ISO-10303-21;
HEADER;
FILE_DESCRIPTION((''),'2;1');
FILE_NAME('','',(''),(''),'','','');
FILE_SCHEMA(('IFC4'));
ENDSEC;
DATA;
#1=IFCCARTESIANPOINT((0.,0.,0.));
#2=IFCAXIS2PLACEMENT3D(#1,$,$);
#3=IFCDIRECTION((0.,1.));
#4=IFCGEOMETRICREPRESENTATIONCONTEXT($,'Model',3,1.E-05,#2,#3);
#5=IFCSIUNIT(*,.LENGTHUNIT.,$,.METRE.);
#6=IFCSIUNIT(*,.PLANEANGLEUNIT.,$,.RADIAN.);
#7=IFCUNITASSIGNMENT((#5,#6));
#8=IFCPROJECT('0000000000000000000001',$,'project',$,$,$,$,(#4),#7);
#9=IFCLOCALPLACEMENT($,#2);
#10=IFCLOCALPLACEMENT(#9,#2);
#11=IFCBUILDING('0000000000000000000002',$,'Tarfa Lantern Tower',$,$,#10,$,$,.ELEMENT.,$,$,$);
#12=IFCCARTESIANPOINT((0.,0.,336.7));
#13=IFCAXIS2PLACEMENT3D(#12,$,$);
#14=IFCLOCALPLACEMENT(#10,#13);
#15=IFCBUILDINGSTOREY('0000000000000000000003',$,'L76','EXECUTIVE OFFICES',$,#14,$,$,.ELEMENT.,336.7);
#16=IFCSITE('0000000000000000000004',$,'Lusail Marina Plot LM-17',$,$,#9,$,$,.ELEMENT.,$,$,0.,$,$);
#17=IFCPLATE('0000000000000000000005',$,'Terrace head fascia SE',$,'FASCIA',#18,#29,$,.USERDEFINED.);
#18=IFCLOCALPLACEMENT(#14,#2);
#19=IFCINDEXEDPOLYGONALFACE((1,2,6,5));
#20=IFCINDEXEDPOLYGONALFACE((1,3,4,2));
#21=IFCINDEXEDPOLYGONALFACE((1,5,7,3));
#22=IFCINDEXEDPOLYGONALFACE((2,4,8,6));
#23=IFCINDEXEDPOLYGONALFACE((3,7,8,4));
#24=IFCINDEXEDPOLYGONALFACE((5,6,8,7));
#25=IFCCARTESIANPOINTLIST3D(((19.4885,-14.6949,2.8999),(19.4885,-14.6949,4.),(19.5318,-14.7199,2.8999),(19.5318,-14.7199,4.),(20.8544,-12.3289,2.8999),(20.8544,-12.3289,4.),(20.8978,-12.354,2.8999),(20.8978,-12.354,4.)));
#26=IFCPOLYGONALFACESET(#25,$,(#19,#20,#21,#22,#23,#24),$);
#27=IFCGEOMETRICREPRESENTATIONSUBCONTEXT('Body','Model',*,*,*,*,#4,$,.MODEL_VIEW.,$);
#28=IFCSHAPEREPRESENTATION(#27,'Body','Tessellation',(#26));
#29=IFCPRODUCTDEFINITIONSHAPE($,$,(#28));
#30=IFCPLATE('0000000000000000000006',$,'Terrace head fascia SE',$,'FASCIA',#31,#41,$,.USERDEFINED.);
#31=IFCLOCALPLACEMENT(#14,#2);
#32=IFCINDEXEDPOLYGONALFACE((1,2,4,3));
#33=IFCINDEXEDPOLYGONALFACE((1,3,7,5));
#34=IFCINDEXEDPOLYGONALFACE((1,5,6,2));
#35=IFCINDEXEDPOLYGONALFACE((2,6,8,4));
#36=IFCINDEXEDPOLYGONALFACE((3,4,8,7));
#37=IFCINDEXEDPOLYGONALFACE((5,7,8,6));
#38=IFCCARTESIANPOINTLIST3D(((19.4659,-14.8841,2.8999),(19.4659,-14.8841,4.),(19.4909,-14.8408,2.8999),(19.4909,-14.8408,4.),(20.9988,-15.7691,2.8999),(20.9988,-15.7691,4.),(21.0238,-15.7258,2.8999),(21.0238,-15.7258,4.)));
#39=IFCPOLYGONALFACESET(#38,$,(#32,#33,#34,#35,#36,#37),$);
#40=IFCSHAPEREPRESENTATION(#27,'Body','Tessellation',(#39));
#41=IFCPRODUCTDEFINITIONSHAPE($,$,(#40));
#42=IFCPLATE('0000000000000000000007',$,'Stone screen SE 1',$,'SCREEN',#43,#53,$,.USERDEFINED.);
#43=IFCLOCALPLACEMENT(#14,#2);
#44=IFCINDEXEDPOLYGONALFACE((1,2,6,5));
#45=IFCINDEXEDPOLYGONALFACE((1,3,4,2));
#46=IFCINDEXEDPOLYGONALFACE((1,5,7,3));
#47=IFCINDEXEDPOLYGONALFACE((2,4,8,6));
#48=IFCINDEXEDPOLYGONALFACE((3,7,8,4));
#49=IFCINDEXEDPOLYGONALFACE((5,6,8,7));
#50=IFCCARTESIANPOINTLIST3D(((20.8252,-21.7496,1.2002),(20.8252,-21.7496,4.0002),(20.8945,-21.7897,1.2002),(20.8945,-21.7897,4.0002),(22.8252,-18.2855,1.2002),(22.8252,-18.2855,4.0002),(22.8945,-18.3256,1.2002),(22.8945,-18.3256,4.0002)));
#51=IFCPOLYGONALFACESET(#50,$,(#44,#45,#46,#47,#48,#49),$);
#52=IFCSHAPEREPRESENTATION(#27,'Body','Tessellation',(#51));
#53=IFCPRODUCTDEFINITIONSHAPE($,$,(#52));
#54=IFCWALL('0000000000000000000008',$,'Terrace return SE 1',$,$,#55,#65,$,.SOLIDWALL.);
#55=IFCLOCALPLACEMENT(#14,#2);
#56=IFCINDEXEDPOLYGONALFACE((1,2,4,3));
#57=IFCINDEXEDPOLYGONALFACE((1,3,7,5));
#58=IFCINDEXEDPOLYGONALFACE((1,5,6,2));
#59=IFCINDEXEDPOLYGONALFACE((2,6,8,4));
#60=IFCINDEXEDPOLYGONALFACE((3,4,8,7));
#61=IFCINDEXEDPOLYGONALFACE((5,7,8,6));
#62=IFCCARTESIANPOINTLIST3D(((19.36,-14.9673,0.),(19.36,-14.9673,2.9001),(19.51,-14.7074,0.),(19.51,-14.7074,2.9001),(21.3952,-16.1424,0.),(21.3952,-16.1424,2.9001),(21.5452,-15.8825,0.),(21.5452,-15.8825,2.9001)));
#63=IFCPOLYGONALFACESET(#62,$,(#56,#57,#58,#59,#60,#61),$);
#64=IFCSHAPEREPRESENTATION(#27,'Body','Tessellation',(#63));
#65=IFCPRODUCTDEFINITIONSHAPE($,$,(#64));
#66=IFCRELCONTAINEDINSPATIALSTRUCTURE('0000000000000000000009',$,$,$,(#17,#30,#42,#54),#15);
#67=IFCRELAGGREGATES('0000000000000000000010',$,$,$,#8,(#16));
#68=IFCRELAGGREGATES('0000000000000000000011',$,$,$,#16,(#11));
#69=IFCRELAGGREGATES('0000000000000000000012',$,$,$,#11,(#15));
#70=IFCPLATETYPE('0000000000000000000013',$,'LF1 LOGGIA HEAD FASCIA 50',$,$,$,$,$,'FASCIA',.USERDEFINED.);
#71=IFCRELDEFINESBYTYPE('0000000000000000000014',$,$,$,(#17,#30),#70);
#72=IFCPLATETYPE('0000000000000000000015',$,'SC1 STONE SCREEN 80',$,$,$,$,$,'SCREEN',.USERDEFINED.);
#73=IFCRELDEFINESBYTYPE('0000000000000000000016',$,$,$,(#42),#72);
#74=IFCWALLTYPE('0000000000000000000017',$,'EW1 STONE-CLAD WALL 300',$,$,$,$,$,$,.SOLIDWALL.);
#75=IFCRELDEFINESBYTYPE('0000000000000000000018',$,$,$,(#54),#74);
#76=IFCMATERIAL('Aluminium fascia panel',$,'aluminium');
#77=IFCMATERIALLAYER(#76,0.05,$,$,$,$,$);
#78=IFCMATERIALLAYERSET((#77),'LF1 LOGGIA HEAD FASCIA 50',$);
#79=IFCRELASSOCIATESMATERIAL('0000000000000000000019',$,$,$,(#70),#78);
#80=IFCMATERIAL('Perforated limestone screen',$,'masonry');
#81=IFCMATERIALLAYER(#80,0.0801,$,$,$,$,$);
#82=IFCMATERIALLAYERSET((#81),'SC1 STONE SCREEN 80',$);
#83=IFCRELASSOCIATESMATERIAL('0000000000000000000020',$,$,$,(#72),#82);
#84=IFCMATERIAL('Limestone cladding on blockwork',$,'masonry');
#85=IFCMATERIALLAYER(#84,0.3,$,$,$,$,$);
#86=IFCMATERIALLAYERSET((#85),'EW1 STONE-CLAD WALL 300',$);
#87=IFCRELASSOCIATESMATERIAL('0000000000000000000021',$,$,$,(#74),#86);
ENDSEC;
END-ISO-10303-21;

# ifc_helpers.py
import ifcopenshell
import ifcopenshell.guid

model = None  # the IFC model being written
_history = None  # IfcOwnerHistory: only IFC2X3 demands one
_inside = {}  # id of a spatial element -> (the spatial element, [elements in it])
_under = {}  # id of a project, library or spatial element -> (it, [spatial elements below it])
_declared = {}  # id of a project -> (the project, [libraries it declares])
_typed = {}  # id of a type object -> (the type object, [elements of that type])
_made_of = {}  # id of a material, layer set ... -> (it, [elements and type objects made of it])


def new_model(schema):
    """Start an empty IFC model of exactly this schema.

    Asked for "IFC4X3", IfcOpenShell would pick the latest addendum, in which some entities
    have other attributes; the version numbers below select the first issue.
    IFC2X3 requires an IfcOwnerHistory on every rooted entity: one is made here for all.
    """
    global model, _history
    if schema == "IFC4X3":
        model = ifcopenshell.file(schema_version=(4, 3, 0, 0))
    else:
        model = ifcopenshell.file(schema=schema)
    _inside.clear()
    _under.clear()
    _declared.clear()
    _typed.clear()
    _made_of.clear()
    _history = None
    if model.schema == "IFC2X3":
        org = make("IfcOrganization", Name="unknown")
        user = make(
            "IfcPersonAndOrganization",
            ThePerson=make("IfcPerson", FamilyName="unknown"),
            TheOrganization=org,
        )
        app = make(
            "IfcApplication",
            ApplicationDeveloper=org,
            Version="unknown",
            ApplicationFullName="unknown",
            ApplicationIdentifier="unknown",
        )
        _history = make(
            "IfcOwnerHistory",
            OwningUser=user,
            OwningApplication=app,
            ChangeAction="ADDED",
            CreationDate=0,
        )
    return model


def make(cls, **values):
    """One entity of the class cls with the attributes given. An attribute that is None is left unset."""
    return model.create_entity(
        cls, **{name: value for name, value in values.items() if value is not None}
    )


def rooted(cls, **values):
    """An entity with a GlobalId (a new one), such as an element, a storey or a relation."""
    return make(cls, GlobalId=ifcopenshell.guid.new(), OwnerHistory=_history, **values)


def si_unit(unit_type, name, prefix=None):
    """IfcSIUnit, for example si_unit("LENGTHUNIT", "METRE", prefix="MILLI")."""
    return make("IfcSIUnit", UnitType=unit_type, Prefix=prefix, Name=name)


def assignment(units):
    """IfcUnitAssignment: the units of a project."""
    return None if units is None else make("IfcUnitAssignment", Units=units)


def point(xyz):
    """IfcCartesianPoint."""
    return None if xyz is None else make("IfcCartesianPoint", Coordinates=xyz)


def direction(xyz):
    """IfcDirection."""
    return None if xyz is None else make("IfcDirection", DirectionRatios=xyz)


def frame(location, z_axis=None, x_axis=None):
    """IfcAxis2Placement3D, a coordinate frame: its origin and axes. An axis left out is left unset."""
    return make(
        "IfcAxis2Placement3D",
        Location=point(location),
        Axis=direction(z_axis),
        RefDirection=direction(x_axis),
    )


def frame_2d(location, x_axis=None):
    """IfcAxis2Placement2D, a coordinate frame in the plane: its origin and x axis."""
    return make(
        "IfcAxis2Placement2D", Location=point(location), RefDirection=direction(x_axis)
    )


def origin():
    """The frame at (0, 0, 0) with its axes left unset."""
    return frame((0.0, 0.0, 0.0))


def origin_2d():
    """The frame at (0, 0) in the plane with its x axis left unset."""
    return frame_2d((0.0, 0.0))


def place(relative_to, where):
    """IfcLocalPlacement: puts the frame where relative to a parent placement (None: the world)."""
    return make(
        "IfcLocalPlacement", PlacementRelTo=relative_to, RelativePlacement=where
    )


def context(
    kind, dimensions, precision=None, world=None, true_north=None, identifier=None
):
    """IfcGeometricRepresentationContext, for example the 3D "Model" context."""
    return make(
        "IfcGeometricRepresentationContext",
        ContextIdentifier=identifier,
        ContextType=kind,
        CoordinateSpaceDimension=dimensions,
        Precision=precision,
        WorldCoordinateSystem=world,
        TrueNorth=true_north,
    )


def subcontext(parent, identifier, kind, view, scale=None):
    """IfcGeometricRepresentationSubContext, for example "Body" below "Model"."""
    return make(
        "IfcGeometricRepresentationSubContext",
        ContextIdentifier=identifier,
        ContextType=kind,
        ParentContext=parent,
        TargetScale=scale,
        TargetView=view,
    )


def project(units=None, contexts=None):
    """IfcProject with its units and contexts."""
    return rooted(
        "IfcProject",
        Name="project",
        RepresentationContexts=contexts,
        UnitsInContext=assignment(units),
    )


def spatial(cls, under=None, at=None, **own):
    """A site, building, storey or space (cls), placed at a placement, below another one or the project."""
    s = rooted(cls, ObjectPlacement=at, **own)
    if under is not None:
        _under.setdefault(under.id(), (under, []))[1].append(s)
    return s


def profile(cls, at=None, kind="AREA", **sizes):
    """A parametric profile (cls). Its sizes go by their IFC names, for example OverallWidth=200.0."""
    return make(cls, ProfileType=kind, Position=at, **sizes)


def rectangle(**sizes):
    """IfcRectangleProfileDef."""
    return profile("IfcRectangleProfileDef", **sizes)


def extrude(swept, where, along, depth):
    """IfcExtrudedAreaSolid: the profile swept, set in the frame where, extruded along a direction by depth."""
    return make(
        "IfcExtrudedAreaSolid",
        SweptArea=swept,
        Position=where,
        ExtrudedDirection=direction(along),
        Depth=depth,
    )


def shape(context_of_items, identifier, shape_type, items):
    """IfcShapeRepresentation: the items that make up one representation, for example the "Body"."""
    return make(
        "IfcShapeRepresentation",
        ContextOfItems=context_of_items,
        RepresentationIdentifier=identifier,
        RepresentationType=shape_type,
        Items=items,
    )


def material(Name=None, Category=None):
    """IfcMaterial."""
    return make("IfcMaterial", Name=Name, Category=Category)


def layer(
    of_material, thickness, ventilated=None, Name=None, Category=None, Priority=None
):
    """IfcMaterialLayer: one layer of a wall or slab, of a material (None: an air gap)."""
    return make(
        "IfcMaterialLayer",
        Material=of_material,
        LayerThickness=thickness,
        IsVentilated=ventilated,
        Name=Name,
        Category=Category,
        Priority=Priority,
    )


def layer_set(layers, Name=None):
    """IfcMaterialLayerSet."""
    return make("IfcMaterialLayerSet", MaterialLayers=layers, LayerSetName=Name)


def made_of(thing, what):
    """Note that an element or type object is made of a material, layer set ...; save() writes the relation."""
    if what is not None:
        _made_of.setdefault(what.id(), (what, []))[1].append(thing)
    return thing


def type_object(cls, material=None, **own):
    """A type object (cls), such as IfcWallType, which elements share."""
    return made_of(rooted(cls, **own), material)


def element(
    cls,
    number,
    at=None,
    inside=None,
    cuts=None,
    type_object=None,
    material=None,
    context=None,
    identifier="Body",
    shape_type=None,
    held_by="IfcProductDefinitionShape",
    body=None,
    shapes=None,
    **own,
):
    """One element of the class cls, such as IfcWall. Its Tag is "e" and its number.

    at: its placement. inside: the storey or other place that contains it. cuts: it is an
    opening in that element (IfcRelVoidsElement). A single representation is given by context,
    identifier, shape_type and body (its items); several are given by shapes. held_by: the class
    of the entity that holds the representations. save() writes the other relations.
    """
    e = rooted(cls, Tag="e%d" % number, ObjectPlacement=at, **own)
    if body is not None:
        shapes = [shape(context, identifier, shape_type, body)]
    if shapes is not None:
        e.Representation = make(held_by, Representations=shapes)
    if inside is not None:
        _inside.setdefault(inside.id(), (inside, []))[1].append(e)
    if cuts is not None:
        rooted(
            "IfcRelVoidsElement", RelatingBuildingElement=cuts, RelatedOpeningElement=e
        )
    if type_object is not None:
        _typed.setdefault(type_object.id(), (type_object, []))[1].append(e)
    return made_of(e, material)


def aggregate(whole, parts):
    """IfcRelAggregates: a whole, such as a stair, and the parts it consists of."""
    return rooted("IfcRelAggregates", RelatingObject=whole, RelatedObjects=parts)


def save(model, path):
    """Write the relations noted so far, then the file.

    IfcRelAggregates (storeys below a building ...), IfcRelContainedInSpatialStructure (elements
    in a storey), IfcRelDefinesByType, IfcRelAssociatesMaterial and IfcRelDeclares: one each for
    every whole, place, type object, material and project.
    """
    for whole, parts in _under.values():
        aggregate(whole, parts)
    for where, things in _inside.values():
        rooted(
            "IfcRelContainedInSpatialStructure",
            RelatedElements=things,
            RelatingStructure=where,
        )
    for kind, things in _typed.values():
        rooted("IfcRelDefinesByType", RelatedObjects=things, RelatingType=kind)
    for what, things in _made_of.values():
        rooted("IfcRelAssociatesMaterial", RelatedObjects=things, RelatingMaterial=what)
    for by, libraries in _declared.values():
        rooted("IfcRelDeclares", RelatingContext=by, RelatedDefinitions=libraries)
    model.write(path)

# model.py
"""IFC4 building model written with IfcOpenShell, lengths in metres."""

from ifc_helpers import new_model, si_unit, direction, frame, frame_2d, origin, origin_2d, place, context, subcontext, project, spatial, rectangle, extrude, material, layer, layer_set, type_object, element, save


model = new_model("IFC4")

# Units and contexts
model_context = context("Model", 3, precision=1e-05, world=origin(), true_north=direction((0.0, 1.0)))
body_context = subcontext(model_context, "Body", "Model", "MODEL_VIEW")
ifc_project = project(units=[si_unit("LENGTHUNIT", "METRE"), si_unit("PLANEANGLEUNIT", "RADIAN")], contexts=[model_context])

# Site, building, storey
site_placement = place(None, origin())
site = spatial("IfcSite", under=ifc_project, at=site_placement, Name="Lusail Marina Plot LM-17", CompositionType="ELEMENT", RefElevation=0.0)
building_placement = place(site_placement, origin())
building = spatial("IfcBuilding", under=site, at=building_placement, Name="Tarfa Lantern Tower", CompositionType="ELEMENT")
storey_placement = place(building_placement, frame((0.0, 0.0, 336.7)))
storey = spatial("IfcBuildingStorey", under=building, at=storey_placement, Name="L76", Description="EXECUTIVE OFFICES", CompositionType="ELEMENT", Elevation=336.7)

# Plates
ifc_material_1 = material(Name="Aluminium fascia panel", Category="aluminium")
ifc_layer_1 = layer(ifc_material_1, 0.05)
ifc_layer_set_1 = layer_set([ifc_layer_1], Name="LF1 LOGGIA HEAD FASCIA 50")
plate_type_1 = type_object("IfcPlateType", Name="LF1 LOGGIA HEAD FASCIA 50", ElementType="FASCIA", PredefinedType="USERDEFINED", material=ifc_layer_set_1)
plate_1_placement = place(storey_placement, frame((20.1931, -13.5244, 2.8999), z_axis=(0.0, 0.0, 1.0), x_axis=(0.5, 0.866025, 0.0)))
element("IfcPlate", 1, at=plate_1_placement, inside=storey, type_object=plate_type_1, Name="Terrace head fascia SE", ObjectType="FASCIA", PredefinedType="USERDEFINED", context=body_context, shape_type="SweptSolid", body=[
    extrude(rectangle(XDim=2.7319, YDim=0.05, at=origin_2d()), origin(), (0.0, 0.0, 1.0), 1.1001),
])
plate_2_placement = place(storey_placement, frame((20.2449, -15.3049, 2.8999), z_axis=(0.0, 0.0, 1.0), x_axis=(-0.866025, 0.5, 0.0)))
element("IfcPlate", 2, at=plate_2_placement, inside=storey, type_object=plate_type_1, Name="Terrace head fascia SE", ObjectType="FASCIA", PredefinedType="USERDEFINED", context=body_context, shape_type="SweptSolid", body=[
    extrude(rectangle(XDim=1.77, YDim=0.05, at=origin_2d()), origin(), (0.0, 0.0, 1.0), 1.1001),
])
ifc_material_2 = material(Name="Perforated limestone screen", Category="masonry")
ifc_layer_2 = layer(ifc_material_2, 0.0801)
ifc_layer_set_2 = layer_set([ifc_layer_2], Name="SC1 STONE SCREEN 80")
plate_type_2 = type_object("IfcPlateType", Name="SC1 STONE SCREEN 80", ElementType="SCREEN", PredefinedType="USERDEFINED", material=ifc_layer_set_2)
plate_3_placement = place(storey_placement, frame((21.8599, -20.0376, 1.2002), z_axis=(0.0, 0.0, 1.0), x_axis=(0.5, 0.866025, 0.0)))
element("IfcPlate", 3, at=plate_3_placement, inside=storey, type_object=plate_type_2, Name="Stone screen SE 1", ObjectType="SCREEN", PredefinedType="USERDEFINED", context=body_context, shape_type="SweptSolid", body=[
    extrude(rectangle(XDim=4.0, YDim=0.0801, at=origin_2d()), origin(), (0.0, 0.0, 1.0), 2.8),
])

# Shared definitions
ifc_material_3 = material(Name="Limestone cladding on blockwork", Category="masonry")
ifc_layer_3 = layer(ifc_material_3, 0.3)
ifc_layer_set_3 = layer_set([ifc_layer_3], Name="EW1 STONE-CLAD WALL 300")
wall_type = type_object("IfcWallType", Name="EW1 STONE-CLAD WALL 300", PredefinedType="SOLIDWALL", material=ifc_layer_set_3)

# Wall
wall_1_placement = place(storey_placement, frame((21.4702, -16.0125, 0.0), z_axis=(0.0, 0.0, 1.0), x_axis=(-0.866016, 0.500016, 0.0)))
element("IfcWall", 4, at=wall_1_placement, inside=storey, type_object=wall_type, Name="Terrace return SE 1", PredefinedType="SOLIDWALL", context=body_context, shape_type="SweptSolid", body=[
    extrude(rectangle(XDim=2.3501, YDim=0.3, at=frame_2d((1.175, 0.0))), origin(), (0.0, 0.0, 1.0), 2.9001),
])

save(model, "model.ifc")
